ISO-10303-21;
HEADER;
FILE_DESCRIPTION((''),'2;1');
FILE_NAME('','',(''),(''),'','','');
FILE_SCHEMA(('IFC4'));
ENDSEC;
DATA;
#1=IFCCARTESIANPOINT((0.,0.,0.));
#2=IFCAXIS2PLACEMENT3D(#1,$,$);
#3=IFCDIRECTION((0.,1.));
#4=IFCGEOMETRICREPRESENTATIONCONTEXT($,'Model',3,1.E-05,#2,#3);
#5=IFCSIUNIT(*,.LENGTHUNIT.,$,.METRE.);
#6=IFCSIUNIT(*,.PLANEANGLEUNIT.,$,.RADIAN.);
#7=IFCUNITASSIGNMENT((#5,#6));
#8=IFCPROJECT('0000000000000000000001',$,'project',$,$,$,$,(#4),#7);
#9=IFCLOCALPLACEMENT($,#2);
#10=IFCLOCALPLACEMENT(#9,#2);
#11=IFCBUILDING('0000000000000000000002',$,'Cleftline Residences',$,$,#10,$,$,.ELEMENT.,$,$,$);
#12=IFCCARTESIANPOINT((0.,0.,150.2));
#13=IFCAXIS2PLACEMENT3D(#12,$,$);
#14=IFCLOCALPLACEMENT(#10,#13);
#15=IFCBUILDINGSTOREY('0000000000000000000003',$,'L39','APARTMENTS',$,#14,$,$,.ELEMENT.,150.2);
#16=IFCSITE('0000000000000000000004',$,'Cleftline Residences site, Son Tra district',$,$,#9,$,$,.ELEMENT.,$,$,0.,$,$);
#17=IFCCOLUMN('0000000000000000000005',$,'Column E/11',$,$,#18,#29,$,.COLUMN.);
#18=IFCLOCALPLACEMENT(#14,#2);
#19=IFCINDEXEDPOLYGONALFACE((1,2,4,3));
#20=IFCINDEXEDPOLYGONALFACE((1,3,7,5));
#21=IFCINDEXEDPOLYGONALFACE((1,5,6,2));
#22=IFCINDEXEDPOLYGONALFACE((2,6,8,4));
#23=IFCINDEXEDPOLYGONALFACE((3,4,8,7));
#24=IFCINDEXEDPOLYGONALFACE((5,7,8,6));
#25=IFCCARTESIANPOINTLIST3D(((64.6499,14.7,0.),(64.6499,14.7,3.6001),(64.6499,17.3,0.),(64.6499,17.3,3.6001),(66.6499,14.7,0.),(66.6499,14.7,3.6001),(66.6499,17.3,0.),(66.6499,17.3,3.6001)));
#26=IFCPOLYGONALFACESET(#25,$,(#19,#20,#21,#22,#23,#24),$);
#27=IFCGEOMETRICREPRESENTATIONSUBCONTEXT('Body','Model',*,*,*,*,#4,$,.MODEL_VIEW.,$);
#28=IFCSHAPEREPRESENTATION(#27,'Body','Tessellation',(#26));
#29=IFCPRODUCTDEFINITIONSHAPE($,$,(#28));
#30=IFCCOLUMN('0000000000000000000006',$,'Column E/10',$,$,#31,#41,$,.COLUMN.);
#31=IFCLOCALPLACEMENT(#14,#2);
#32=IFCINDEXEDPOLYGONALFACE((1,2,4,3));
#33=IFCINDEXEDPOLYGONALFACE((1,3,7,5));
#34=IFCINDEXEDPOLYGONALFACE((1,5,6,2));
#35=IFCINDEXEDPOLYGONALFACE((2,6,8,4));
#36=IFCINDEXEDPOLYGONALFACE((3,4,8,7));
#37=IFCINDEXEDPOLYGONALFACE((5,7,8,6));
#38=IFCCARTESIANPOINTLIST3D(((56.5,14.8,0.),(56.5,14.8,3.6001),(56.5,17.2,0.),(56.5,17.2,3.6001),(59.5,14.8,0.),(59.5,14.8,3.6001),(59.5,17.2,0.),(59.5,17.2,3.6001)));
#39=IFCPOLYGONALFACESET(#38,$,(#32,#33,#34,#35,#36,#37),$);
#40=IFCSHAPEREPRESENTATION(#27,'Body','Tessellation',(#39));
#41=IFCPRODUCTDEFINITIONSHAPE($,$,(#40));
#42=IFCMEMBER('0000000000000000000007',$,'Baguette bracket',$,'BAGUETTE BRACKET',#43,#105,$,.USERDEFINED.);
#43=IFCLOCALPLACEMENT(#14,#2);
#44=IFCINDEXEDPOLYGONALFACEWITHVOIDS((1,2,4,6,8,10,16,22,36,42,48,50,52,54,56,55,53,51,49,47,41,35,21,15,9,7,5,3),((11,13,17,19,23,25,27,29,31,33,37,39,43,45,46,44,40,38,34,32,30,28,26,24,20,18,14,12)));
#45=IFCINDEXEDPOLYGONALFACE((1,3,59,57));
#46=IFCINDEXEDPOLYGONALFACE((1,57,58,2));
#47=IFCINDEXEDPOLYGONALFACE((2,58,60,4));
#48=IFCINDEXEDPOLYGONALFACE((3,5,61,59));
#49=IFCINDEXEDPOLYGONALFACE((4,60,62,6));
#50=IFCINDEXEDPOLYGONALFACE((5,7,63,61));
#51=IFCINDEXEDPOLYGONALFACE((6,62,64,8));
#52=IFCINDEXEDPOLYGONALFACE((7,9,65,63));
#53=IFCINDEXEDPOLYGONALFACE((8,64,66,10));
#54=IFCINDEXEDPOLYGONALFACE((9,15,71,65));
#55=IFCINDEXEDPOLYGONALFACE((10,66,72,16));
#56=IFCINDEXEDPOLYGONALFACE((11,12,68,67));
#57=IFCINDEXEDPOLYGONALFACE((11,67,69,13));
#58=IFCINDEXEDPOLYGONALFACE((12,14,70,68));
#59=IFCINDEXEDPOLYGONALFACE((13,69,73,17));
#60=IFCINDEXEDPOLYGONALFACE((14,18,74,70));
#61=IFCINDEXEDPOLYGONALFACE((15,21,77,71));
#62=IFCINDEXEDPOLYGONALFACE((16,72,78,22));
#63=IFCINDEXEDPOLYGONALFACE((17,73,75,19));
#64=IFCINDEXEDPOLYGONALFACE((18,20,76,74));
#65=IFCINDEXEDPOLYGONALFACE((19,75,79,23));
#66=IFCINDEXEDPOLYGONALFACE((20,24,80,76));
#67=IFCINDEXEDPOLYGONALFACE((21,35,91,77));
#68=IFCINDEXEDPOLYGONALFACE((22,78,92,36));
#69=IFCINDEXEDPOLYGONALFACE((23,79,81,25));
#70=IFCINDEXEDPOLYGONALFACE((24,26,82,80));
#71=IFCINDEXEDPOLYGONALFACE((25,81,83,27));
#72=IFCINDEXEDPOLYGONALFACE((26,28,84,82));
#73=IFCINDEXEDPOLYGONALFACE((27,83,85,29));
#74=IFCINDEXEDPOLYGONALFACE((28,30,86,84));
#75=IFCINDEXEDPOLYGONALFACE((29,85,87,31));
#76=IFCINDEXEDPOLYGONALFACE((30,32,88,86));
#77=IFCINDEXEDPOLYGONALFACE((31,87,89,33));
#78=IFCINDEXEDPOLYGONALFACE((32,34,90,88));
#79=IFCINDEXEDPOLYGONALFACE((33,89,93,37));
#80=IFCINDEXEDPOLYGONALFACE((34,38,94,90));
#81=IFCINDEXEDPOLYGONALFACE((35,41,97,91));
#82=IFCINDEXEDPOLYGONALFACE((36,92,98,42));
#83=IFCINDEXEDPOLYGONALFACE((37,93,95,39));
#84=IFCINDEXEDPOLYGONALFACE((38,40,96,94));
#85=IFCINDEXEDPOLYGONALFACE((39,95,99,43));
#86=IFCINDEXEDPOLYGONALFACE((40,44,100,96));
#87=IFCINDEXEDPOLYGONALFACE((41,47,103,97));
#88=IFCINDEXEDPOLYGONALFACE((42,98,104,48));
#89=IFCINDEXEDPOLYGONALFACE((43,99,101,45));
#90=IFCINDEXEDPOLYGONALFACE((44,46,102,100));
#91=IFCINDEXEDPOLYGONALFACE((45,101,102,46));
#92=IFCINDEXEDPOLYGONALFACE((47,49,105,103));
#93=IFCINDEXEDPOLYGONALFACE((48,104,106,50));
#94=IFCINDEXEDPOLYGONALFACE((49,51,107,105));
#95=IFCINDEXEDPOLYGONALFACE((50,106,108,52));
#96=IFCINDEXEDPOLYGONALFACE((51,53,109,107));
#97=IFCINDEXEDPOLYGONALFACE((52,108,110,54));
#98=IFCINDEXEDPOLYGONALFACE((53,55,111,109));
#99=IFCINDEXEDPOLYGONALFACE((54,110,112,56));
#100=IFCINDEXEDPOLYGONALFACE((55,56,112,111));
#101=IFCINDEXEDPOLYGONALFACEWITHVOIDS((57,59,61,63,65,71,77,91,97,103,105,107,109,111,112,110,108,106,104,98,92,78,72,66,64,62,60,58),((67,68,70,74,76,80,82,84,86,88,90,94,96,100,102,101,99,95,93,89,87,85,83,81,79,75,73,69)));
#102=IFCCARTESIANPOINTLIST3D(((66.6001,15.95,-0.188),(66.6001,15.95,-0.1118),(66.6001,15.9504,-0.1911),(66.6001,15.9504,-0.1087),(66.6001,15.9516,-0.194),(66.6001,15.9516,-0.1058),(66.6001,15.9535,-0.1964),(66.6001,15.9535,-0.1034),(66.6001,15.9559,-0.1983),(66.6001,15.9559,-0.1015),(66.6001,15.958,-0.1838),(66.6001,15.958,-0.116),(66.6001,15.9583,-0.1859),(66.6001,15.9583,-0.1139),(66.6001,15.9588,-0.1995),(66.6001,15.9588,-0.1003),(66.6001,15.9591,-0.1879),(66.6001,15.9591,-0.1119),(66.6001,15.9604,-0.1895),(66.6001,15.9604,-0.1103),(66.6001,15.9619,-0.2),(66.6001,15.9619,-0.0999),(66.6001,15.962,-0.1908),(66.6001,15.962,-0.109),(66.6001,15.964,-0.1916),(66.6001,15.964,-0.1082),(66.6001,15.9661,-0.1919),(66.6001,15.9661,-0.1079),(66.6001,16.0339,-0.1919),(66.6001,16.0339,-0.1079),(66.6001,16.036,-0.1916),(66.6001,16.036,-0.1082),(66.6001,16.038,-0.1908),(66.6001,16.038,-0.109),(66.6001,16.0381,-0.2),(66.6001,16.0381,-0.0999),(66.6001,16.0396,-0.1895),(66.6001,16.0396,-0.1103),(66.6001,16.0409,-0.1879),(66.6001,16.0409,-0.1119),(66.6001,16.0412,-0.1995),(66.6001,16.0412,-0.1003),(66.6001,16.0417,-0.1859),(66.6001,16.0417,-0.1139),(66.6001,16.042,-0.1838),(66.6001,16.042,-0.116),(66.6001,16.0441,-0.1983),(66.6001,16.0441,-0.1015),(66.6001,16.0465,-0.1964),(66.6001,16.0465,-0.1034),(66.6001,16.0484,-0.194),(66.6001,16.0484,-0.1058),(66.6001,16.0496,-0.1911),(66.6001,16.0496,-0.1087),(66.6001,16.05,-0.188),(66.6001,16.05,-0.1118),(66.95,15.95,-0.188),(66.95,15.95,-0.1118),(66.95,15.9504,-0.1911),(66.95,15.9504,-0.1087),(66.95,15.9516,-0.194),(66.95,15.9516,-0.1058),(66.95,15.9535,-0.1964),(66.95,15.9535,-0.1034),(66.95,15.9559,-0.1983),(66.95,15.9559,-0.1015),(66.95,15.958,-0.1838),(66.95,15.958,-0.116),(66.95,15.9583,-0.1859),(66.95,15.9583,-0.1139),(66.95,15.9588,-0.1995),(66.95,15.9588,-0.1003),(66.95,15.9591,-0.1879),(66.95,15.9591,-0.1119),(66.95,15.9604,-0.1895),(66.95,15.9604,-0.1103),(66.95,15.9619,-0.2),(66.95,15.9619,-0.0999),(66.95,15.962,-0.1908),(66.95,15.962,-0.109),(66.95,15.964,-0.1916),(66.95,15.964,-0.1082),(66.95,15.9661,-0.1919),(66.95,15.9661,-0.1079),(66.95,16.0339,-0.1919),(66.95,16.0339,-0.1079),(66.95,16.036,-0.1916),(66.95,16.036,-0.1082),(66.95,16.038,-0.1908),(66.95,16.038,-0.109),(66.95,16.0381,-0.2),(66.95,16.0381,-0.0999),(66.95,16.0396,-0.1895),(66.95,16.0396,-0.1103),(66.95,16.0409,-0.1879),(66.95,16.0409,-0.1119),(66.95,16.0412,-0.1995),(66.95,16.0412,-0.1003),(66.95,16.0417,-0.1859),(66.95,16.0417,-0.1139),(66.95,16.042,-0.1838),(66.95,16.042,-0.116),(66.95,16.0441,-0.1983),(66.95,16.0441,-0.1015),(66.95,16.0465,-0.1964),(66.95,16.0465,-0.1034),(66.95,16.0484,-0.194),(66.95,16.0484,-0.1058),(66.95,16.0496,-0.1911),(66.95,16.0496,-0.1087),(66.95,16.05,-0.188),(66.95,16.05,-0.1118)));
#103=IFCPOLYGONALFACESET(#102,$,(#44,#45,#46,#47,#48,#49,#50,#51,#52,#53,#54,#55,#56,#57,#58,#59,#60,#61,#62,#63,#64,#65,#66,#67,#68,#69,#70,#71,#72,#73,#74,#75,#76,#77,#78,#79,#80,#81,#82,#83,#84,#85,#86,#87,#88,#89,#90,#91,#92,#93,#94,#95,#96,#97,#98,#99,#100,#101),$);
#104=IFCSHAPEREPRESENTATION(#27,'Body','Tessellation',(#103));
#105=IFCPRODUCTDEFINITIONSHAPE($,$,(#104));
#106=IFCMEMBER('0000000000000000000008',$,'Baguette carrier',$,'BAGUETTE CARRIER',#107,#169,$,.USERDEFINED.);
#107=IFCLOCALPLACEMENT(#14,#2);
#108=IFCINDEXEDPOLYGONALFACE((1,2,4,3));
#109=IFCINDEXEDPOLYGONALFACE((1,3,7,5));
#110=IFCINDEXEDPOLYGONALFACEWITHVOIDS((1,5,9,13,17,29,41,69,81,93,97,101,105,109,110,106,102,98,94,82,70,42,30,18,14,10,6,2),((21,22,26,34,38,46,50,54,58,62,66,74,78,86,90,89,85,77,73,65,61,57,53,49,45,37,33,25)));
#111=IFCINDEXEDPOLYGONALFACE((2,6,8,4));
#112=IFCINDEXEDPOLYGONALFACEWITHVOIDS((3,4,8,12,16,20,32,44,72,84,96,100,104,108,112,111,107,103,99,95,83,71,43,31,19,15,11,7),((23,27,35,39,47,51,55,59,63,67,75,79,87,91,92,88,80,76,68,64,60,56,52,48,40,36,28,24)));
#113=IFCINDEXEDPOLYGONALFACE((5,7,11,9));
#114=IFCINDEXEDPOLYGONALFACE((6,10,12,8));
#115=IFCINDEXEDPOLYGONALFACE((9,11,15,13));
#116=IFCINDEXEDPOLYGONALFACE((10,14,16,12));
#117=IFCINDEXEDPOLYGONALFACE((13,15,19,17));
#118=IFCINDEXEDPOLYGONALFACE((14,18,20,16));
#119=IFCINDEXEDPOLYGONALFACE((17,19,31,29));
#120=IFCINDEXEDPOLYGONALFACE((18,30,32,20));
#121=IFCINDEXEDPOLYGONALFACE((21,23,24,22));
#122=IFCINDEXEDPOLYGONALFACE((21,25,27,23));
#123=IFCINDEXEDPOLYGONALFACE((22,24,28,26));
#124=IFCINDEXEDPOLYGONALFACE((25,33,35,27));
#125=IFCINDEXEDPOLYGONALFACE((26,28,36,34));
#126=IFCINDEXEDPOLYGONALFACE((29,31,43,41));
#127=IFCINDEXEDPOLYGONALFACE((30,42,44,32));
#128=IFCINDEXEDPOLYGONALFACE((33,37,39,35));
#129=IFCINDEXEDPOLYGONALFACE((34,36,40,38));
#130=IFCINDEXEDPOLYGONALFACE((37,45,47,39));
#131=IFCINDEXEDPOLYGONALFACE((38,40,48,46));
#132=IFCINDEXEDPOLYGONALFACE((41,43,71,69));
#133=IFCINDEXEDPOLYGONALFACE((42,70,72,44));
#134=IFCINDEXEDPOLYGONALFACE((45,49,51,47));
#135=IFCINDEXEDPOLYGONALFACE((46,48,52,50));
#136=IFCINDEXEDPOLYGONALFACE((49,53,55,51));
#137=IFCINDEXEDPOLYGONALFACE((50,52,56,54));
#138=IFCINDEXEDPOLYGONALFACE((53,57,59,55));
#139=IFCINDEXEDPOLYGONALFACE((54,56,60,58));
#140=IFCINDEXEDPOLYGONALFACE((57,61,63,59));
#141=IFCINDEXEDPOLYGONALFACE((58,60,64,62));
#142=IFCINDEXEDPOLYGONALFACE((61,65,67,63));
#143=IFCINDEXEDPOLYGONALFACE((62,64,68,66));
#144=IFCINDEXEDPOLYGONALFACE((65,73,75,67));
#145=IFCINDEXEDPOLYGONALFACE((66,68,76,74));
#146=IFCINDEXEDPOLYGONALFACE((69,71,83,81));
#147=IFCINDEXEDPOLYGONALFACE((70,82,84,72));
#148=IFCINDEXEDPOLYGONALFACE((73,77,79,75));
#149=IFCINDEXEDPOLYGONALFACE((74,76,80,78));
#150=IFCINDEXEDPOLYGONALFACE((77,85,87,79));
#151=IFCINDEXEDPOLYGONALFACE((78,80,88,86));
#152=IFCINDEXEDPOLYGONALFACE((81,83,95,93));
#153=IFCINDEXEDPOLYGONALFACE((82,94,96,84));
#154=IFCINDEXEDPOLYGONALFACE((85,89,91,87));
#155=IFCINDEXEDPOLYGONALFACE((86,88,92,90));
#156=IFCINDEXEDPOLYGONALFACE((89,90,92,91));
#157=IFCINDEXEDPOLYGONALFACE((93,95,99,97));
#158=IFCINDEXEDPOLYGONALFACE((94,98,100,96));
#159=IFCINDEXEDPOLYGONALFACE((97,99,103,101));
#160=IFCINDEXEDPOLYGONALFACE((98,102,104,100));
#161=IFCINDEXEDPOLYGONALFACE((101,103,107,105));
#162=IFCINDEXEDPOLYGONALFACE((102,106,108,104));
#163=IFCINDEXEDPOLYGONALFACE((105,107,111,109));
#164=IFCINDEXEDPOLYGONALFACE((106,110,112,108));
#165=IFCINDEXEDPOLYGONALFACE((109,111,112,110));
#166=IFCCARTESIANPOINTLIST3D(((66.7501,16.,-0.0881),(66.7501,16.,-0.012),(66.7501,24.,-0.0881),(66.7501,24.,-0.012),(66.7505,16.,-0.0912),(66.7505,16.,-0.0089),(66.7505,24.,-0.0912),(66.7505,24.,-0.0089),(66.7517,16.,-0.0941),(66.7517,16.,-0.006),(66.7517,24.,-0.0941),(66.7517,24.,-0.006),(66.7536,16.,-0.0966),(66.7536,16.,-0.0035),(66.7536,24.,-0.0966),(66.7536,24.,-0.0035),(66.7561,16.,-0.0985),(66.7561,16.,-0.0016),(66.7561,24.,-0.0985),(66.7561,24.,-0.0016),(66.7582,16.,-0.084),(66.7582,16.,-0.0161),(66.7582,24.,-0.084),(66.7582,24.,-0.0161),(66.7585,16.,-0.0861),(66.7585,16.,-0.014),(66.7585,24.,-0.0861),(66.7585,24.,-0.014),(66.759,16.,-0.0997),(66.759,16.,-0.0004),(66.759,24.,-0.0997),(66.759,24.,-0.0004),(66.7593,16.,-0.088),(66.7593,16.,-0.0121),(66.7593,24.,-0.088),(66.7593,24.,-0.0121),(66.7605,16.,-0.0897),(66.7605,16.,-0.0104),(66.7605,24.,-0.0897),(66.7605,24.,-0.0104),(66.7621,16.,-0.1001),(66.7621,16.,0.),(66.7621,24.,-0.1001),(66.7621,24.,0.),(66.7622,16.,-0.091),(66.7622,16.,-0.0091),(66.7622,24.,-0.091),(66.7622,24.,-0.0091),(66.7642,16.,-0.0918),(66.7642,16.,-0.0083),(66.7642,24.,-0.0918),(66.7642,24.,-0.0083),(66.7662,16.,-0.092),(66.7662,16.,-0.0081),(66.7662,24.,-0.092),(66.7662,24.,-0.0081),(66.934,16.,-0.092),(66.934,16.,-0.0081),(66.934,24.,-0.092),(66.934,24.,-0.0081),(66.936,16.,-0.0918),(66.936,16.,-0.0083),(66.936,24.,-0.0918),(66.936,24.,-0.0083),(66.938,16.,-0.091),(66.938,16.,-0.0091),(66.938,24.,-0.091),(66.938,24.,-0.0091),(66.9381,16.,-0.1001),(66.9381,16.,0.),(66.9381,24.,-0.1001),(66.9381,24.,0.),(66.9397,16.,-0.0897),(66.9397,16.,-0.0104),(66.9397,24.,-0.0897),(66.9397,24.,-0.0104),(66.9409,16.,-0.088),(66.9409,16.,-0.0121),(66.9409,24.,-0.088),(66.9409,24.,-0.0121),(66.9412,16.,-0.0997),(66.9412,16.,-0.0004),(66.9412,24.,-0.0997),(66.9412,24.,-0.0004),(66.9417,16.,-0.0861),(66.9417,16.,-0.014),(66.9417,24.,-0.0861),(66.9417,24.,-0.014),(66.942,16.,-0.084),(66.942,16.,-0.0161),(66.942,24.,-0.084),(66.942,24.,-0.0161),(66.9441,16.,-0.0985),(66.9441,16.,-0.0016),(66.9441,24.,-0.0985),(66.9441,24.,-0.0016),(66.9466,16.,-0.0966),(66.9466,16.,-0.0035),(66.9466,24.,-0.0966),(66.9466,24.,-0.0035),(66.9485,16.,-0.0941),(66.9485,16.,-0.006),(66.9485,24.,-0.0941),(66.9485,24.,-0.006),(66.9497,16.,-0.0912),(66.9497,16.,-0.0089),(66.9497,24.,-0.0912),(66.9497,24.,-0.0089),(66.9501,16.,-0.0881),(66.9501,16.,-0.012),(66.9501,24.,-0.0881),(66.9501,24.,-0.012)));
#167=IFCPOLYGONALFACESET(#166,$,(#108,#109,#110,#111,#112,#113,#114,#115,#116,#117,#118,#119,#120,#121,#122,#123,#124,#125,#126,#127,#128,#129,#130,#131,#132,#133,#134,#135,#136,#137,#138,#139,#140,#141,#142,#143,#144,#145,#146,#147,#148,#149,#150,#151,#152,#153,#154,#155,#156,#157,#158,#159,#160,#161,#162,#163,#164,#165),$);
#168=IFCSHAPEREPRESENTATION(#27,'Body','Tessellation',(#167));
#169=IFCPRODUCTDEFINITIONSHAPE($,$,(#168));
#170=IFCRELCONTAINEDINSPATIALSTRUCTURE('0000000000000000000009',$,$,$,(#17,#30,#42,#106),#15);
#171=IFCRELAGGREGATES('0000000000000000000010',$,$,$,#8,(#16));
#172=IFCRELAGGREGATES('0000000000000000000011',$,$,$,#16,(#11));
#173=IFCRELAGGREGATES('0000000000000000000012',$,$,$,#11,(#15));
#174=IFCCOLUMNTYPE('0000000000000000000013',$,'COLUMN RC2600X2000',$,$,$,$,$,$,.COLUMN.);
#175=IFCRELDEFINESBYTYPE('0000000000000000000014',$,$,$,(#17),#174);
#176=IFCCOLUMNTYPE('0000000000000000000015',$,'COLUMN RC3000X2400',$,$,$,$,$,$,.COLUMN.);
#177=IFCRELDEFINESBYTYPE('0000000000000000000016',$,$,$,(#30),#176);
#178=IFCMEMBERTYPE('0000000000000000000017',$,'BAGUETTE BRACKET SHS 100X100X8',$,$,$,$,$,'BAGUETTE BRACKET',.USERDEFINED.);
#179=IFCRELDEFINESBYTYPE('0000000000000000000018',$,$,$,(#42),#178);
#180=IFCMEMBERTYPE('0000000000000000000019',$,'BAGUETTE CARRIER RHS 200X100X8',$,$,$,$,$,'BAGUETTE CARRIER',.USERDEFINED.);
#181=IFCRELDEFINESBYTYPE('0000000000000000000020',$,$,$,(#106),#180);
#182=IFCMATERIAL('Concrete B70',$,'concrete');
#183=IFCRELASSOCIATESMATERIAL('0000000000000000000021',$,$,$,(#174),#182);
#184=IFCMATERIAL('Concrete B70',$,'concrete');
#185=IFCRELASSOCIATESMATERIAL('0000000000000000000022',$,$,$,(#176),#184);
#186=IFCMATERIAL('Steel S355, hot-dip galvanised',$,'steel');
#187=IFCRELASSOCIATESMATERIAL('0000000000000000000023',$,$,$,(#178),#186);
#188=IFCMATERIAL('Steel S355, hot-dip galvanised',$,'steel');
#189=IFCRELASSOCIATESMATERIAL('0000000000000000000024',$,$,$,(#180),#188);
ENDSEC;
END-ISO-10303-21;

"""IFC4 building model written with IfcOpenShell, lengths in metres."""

from ifc_helpers import new_model, si_unit, direction, frame, origin, origin_2d, place, context, subcontext, project, spatial, rectangle, hollow_rectangle, extrude, material, material_profile, profile_set, type_object, element, save


model = new_model("IFC4")

# Units and contexts
model_context = context("Model", 3, precision=1e-05, world=origin(), true_north=direction((0.0, 1.0)))
body_context = subcontext(model_context, "Body", "Model", "MODEL_VIEW")
ifc_project = project(units=[si_unit("LENGTHUNIT", "METRE"), si_unit("PLANEANGLEUNIT", "RADIAN")], contexts=[model_context])

# Site, building, storey
site_placement = place(None, origin())
site = spatial("IfcSite", under=ifc_project, at=site_placement, Name="Cleftline Residences site, Son Tra district", CompositionType="ELEMENT", RefElevation=0.0)
building_placement = place(site_placement, origin())
building = spatial("IfcBuilding", under=site, at=building_placement, Name="Cleftline Residences", CompositionType="ELEMENT")
storey_placement = place(building_placement, frame((0.0, 0.0, 150.2)))
storey = spatial("IfcBuildingStorey", under=building, at=storey_placement, Name="L39", Description="APARTMENTS", CompositionType="ELEMENT", Elevation=150.2)

# Columns
ifc_material_1 = material(Name="Concrete B70", Category="concrete")
ifc_material_profile_1 = material_profile(ifc_material_1, rectangle(XDim=2.6001, YDim=2.0, at=origin_2d()))
ifc_profile_set_1 = profile_set([ifc_material_profile_1], Name="Concrete B70")
column_type_1 = type_object("IfcColumnType", Name="COLUMN RC2600X2000", PredefinedType="COLUMN", material=ifc_profile_set_1)
column_1_placement = place(storey_placement, frame((65.6499, 16.0, 0.0), z_axis=(0.0, 0.0, 1.0), x_axis=(0.0, 1.0, 0.0)))
element("IfcColumn", 1, at=column_1_placement, inside=storey, type_object=column_type_1, Name="Column E/11", PredefinedType="COLUMN", context=body_context, shape_type="SweptSolid", body=[
    extrude(rectangle(XDim=2.6001, YDim=2.0, at=origin_2d()), origin(), (0.0, 0.0, 1.0), 3.6001),
])
ifc_material_2 = material(Name="Concrete B70", Category="concrete")
ifc_material_profile_2 = material_profile(ifc_material_2, rectangle(XDim=3.0, YDim=2.3999, at=origin_2d()))
ifc_profile_set_2 = profile_set([ifc_material_profile_2], Name="Concrete B70")
column_type_2 = type_object("IfcColumnType", Name="COLUMN RC3000X2400", PredefinedType="COLUMN", material=ifc_profile_set_2)
column_2_placement = place(storey_placement, frame((58.0, 16.0, 0.0), z_axis=(0.0, 0.0, 1.0), x_axis=(1.0, 0.0, 0.0)))
element("IfcColumn", 2, at=column_2_placement, inside=storey, type_object=column_type_2, Name="Column E/10", PredefinedType="COLUMN", context=body_context, shape_type="SweptSolid", body=[
    extrude(rectangle(XDim=3.0, YDim=2.3999, at=origin_2d()), origin(), (0.0, 0.0, 1.0), 3.6001),
])

# Members
ifc_material_3 = material(Name="Steel S355, hot-dip galvanised", Category="steel")
ifc_material_profile_3 = material_profile(ifc_material_3, hollow_rectangle(XDim=0.1001, YDim=0.1001, WallThickness=0.0081, InnerFilletRadius=0.0081, OuterFilletRadius=0.012, at=origin_2d()))
ifc_profile_set_3 = profile_set([ifc_material_profile_3], Name="Steel S355, hot-dip galvanised")
member_type_1 = type_object("IfcMemberType", Name="BAGUETTE BRACKET SHS 100X100X8", ElementType="BAGUETTE BRACKET", PredefinedType="USERDEFINED", material=ifc_profile_set_3)
member_1_placement = place(storey_placement, frame((66.6001, 16.0, -0.1499), z_axis=(1.0, 0.0, 0.0), x_axis=(0.0, 1.0, 0.0)))
element("IfcMember", 3, at=member_1_placement, inside=storey, type_object=member_type_1, Name="Baguette bracket", ObjectType="BAGUETTE BRACKET", PredefinedType="USERDEFINED", context=body_context, shape_type="SweptSolid", body=[
    extrude(hollow_rectangle(XDim=0.1001, YDim=0.1001, WallThickness=0.0081, InnerFilletRadius=0.0081, OuterFilletRadius=0.012, at=origin_2d()), origin(), (0.0, 0.0, 1.0), 0.3499),
])
ifc_material_4 = material(Name="Steel S355, hot-dip galvanised", Category="steel")
ifc_material_profile_4 = material_profile(ifc_material_4, hollow_rectangle(XDim=0.1001, YDim=0.2, WallThickness=0.0081, InnerFilletRadius=0.0081, OuterFilletRadius=0.012, at=origin_2d()))
ifc_profile_set_4 = profile_set([ifc_material_profile_4], Name="Steel S355, hot-dip galvanised")
member_type_2 = type_object("IfcMemberType", Name="BAGUETTE CARRIER RHS 200X100X8", ElementType="BAGUETTE CARRIER", PredefinedType="USERDEFINED", material=ifc_profile_set_4)
member_2_placement = place(storey_placement, frame((66.8501, 16.0, -0.05), z_axis=(0.0, 1.0, 0.0), x_axis=(0.0, 0.0, 1.0)))
element("IfcMember", 4, at=member_2_placement, inside=storey, type_object=member_type_2, Name="Baguette carrier", ObjectType="BAGUETTE CARRIER", PredefinedType="USERDEFINED", context=body_context, shape_type="SweptSolid", body=[
    extrude(hollow_rectangle(XDim=0.1001, YDim=0.2, WallThickness=0.0081, InnerFilletRadius=0.0081, OuterFilletRadius=0.012, at=origin_2d()), origin(), (0.0, 0.0, 1.0), 8.0),
])

save(model, "model.ifc")
